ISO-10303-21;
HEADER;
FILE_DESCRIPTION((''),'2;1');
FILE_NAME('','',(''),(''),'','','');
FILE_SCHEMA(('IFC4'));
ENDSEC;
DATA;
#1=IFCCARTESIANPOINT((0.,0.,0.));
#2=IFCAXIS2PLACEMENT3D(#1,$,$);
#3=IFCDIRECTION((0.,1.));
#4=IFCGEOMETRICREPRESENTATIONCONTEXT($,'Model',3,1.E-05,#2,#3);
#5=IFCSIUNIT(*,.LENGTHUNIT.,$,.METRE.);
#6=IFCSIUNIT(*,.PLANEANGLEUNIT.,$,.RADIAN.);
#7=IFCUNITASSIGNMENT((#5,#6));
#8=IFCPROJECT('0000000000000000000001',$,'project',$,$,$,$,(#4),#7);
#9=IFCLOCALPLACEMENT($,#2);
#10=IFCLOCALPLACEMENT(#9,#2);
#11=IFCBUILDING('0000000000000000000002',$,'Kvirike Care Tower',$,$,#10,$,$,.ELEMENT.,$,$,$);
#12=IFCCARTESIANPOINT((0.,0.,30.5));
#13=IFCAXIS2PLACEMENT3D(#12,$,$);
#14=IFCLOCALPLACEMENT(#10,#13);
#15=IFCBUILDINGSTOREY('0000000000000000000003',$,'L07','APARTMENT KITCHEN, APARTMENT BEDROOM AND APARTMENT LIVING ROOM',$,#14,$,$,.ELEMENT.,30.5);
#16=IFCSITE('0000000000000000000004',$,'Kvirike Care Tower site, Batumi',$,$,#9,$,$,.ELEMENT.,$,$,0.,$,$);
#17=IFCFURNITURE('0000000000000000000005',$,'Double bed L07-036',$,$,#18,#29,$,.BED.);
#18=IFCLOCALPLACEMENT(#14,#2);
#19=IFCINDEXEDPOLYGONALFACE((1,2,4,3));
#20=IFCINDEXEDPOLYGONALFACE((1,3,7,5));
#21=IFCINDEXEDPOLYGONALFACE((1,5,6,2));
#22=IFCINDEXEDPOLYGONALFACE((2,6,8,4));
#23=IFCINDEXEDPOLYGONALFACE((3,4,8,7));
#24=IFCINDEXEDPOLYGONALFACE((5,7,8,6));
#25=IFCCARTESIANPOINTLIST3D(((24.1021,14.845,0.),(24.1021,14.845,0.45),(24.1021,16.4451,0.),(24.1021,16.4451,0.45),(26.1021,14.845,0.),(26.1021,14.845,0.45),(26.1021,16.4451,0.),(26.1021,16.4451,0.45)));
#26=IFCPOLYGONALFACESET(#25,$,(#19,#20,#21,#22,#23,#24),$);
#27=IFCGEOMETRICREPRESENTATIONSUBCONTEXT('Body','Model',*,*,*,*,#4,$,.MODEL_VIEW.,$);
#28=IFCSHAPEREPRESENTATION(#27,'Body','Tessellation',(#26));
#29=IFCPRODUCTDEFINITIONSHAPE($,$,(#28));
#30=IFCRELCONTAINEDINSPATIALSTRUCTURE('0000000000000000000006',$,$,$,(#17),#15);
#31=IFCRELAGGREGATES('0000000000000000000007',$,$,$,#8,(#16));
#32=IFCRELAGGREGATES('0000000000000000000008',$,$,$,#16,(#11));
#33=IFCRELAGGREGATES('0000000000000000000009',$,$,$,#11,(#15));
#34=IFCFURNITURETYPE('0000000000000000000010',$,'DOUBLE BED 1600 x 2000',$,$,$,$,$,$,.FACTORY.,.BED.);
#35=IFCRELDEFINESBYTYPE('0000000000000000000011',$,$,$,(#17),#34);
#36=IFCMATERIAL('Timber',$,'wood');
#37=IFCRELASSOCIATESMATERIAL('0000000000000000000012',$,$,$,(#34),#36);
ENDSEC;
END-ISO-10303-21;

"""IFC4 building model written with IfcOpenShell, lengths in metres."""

from ifc_helpers import new_model, si_unit, direction, frame, origin, origin_2d, place, context, subcontext, project, spatial, rectangle, extrude, material, type_object, element, save


model = new_model("IFC4")

# Units and contexts
model_context = context("Model", 3, precision=1e-05, world=origin(), true_north=direction((0.0, 1.0)))
body_context = subcontext(model_context, "Body", "Model", "MODEL_VIEW")
ifc_project = project(units=[si_unit("LENGTHUNIT", "METRE"), si_unit("PLANEANGLEUNIT", "RADIAN")], contexts=[model_context])

# Site, building, storey
site_placement = place(None, origin())
site = spatial("IfcSite", under=ifc_project, at=site_placement, Name="Kvirike Care Tower site, Batumi", CompositionType="ELEMENT", RefElevation=0.0)
building_placement = place(site_placement, origin())
building = spatial("IfcBuilding", under=site, at=building_placement, Name="Kvirike Care Tower", CompositionType="ELEMENT")
storey_placement = place(building_placement, frame((0.0, 0.0, 30.5)))
storey = spatial("IfcBuildingStorey", under=building, at=storey_placement, Name="L07", Description="APARTMENT KITCHEN, APARTMENT BEDROOM AND APARTMENT LIVING ROOM", CompositionType="ELEMENT", Elevation=30.5)

# Furniture
ifc_material_1 = material(Name="Timber", Category="wood")
furniture_type = type_object("IfcFurnitureType", Name="DOUBLE BED 1600 x 2000", AssemblyPlace="FACTORY", PredefinedType="BED", material=ifc_material_1)
for number, where, z_axis, x_axis, name in (
    (1, (25.1021, 15.645, 0.0), (0.0, 0.0, 1.0), (0.0, 1.0, 0.0), "Double bed L07-036"),
):
    element("IfcFurniture", number, at=place(storey_placement, frame(where, z_axis=z_axis, x_axis=x_axis)), inside=storey, type_object=furniture_type, Name=name, PredefinedType="BED", context=body_context, shape_type="SweptSolid", body=[
        extrude(rectangle(XDim=1.6001, YDim=2.0, at=origin_2d()), origin(), (0.0, 0.0, 1.0), 0.45),
    ])

save(model, "model.ifc")
